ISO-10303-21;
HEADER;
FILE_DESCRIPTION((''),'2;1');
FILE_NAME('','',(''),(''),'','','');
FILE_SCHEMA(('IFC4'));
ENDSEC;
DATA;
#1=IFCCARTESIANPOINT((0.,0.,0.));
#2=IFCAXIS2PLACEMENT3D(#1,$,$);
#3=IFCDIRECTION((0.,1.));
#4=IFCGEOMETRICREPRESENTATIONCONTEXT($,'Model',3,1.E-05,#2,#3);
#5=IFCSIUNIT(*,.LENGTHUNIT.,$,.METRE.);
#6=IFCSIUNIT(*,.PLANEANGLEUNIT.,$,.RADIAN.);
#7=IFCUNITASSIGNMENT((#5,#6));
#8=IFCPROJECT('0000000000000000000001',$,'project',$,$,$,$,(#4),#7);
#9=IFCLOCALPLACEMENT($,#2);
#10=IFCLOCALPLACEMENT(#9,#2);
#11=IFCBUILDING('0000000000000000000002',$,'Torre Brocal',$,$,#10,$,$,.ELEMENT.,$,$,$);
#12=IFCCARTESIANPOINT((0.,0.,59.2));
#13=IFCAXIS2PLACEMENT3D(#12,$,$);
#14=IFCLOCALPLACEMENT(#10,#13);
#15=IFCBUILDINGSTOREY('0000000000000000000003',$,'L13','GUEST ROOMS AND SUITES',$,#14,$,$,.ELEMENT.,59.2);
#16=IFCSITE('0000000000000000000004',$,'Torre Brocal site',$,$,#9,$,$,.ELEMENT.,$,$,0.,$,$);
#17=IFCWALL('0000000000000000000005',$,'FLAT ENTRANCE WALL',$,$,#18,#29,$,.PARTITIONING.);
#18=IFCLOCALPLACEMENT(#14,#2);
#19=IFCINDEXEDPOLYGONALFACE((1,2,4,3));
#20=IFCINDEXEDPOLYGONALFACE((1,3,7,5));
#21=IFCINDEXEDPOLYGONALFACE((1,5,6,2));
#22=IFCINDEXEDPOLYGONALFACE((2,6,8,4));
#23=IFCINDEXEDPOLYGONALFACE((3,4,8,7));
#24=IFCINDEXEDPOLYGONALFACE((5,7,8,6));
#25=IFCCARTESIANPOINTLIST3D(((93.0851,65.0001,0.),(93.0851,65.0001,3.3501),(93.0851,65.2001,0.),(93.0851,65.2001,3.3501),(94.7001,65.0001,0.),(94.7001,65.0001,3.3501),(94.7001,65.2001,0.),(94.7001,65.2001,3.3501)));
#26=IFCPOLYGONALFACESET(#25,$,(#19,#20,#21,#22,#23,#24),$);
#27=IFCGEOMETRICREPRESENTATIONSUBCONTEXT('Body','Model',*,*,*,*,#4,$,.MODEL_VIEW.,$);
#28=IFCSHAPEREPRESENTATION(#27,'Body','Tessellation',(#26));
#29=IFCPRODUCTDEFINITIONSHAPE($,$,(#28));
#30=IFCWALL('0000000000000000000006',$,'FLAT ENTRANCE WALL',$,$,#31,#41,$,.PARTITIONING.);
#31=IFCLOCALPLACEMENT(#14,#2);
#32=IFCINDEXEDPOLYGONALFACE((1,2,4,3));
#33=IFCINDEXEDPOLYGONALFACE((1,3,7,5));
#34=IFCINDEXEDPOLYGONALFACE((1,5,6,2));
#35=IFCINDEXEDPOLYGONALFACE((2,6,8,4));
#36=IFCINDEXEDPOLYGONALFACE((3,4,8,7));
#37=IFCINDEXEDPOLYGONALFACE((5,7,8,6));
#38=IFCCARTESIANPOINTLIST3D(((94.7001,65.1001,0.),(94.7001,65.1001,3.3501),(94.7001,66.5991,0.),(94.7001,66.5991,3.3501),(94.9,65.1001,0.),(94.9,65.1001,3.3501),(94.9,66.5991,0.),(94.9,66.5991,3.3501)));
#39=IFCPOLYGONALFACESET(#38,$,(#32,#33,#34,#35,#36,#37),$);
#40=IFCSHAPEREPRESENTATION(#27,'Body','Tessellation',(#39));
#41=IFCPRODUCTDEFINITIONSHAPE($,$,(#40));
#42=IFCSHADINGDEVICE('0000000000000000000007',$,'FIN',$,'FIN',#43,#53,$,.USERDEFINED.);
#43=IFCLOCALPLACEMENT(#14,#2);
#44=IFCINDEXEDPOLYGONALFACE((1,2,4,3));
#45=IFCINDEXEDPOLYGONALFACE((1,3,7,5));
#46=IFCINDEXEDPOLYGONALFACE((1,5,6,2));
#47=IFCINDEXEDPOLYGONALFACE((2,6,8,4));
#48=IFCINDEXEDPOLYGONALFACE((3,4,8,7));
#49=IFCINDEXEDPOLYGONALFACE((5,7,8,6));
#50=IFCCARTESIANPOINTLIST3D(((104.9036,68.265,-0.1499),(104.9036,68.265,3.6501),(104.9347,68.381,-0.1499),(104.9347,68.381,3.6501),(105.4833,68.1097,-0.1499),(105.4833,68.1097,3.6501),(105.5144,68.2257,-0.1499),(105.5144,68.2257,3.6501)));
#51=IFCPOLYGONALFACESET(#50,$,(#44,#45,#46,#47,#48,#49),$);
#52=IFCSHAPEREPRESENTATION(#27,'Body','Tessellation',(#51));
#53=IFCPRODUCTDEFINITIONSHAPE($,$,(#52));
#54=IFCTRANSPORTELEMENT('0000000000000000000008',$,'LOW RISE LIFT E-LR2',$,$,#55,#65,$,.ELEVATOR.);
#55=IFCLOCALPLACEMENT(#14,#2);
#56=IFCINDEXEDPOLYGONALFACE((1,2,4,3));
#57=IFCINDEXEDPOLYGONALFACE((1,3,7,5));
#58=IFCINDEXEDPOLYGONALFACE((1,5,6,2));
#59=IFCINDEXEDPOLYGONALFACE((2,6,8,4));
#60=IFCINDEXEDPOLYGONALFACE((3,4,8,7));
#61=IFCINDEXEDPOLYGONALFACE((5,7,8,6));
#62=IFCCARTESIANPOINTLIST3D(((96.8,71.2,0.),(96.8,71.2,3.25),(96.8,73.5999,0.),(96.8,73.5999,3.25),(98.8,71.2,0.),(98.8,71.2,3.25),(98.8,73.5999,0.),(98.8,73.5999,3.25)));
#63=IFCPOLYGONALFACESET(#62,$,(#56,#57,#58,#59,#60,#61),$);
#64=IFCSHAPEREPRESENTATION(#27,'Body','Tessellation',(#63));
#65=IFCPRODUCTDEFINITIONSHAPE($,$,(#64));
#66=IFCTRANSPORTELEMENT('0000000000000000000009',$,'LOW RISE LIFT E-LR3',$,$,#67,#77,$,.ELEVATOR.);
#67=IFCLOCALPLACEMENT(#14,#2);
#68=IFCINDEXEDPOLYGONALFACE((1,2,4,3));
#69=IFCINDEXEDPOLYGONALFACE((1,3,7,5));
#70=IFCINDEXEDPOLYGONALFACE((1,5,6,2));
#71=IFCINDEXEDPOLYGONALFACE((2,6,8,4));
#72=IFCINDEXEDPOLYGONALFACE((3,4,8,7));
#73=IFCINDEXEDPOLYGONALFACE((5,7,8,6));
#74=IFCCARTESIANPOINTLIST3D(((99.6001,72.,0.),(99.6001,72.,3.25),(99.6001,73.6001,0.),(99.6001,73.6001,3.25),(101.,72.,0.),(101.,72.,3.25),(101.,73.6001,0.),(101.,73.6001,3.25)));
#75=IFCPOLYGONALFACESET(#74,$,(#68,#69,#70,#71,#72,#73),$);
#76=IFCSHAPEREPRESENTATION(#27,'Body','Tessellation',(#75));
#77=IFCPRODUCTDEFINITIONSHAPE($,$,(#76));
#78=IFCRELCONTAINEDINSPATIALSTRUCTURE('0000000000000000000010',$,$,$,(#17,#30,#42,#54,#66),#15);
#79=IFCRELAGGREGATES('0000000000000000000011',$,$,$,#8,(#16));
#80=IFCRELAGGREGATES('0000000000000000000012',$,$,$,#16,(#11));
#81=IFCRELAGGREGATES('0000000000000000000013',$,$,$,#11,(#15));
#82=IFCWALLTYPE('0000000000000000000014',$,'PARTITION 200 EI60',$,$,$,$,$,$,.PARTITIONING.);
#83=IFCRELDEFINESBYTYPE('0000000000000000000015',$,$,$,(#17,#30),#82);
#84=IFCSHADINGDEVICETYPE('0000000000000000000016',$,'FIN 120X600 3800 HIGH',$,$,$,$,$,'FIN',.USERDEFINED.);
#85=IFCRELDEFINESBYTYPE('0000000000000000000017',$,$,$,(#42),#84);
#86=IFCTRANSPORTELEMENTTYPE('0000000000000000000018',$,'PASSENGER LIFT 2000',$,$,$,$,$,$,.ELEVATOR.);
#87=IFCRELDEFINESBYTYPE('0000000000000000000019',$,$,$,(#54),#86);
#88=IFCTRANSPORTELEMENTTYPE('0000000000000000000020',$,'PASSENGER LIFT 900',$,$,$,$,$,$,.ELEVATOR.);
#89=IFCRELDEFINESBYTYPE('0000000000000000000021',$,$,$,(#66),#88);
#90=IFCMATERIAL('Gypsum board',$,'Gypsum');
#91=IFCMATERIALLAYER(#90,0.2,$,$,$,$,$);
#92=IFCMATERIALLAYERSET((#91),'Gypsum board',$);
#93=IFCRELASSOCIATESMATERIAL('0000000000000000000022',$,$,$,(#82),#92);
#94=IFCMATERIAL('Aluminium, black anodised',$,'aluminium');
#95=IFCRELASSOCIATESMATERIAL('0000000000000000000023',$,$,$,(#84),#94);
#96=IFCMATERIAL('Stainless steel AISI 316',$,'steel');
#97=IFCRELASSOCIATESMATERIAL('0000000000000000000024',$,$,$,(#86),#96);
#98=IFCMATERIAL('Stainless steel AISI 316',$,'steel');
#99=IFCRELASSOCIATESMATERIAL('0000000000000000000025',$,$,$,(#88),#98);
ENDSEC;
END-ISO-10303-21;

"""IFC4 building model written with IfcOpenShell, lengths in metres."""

from ifc_helpers import new_model, si_unit, direction, frame, frame_2d, origin, origin_2d, place, context, subcontext, project, spatial, rectangle, extrude, material, layer, layer_set, material_profile, profile_set, type_object, element, save


model = new_model("IFC4")

# Units and contexts
model_context = context("Model", 3, precision=1e-05, world=origin(), true_north=direction((0.0, 1.0)))
body_context = subcontext(model_context, "Body", "Model", "MODEL_VIEW")
ifc_project = project(units=[si_unit("LENGTHUNIT", "METRE"), si_unit("PLANEANGLEUNIT", "RADIAN")], contexts=[model_context])

# Site, building, storey
site_placement = place(None, origin())
site = spatial("IfcSite", under=ifc_project, at=site_placement, Name="Torre Brocal site", CompositionType="ELEMENT", RefElevation=0.0)
building_placement = place(site_placement, origin())
building = spatial("IfcBuilding", under=site, at=building_placement, Name="Torre Brocal", CompositionType="ELEMENT")
storey_placement = place(building_placement, frame((0.0, 0.0, 59.2)))
storey = spatial("IfcBuildingStorey", under=building, at=storey_placement, Name="L13", Description="GUEST ROOMS AND SUITES", CompositionType="ELEMENT", Elevation=59.2)

# Walls
ifc_material_1 = material(Name="Gypsum board", Category="Gypsum")
ifc_layer_1 = layer(ifc_material_1, 0.2)
ifc_layer_set_1 = layer_set([ifc_layer_1], Name="Gypsum board")
wall_type_1 = type_object("IfcWallType", Name="PARTITION 200 EI60", PredefinedType="PARTITIONING", material=ifc_layer_set_1)
wall_1_placement = place(storey_placement, frame((93.085, 65.1001, 0.0), z_axis=(0.0, 0.0, 1.0), x_axis=(1.0, 0.0, 0.0)))
element("IfcWall", 1, at=wall_1_placement, inside=storey, type_object=wall_type_1, Name="FLAT ENTRANCE WALL", PredefinedType="PARTITIONING", context=body_context, shape_type="SweptSolid", body=[
    extrude(rectangle(XDim=1.615, YDim=0.2, at=frame_2d((0.8076, 0.0))), origin(), (0.0, 0.0, 1.0), 3.3501),
])
wall_2_placement = place(storey_placement, frame((94.8, 65.1001, 0.0), z_axis=(0.0, 0.0, 1.0), x_axis=(0.0, 1.0, 0.0)))
element("IfcWall", 2, at=wall_2_placement, inside=storey, type_object=wall_type_1, Name="FLAT ENTRANCE WALL", PredefinedType="PARTITIONING", context=body_context, shape_type="SweptSolid", body=[
    extrude(rectangle(XDim=1.499, YDim=0.2, at=frame_2d((0.7495, 0.0))), origin(), (0.0, 0.0, 1.0), 3.3501),
])

# Shading device
ifc_material_2 = material(Name="Aluminium, black anodised", Category="aluminium")
ifc_material_profile_1 = material_profile(ifc_material_2, rectangle(XDim=0.1201, YDim=0.6001, at=origin_2d()), Name="FIN 120X600 3800 HIGH")
ifc_profile_set_1 = profile_set([ifc_material_profile_1], Name="Aluminium, black anodised")
shading_device_type = type_object("IfcShadingDeviceType", Name="FIN 120X600 3800 HIGH", ElementType="FIN", PredefinedType="USERDEFINED", material=ifc_profile_set_1)
shading_device_placement = place(storey_placement, frame((105.209, 68.2454, -0.1499), z_axis=(0.0, 0.0, 1.0), x_axis=(0.258819, 0.965926, 0.0)))
element("IfcShadingDevice", 3, at=shading_device_placement, inside=storey, type_object=shading_device_type, Name="FIN", ObjectType="FIN", PredefinedType="USERDEFINED", context=body_context, shape_type="SweptSolid", body=[
    extrude(rectangle(XDim=0.1201, YDim=0.6001, at=origin_2d()), origin(), (0.0, 0.0, 1.0), 3.8),
])

# Transport elements
ifc_material_3 = material(Name="Stainless steel AISI 316", Category="steel")
transport_element_type_1 = type_object("IfcTransportElementType", Name="PASSENGER LIFT 2000", PredefinedType="ELEVATOR", material=ifc_material_3)
transport_element_1_placement = place(storey_placement, frame((97.8, 72.3999, 0.0), z_axis=(0.0, 0.0, 1.0), x_axis=(1.0, 0.0, 0.0)))
element("IfcTransportElement", 4, at=transport_element_1_placement, inside=storey, type_object=transport_element_type_1, Name="LOW RISE LIFT E-LR2", PredefinedType="ELEVATOR", context=body_context, shape_type="SweptSolid", body=[
    extrude(rectangle(XDim=2.0, YDim=2.3999, at=origin_2d()), origin(), (0.0, 0.0, 1.0), 3.25),
])
ifc_material_4 = material(Name="Stainless steel AISI 316", Category="steel")
transport_element_type_2 = type_object("IfcTransportElementType", Name="PASSENGER LIFT 900", PredefinedType="ELEVATOR", material=ifc_material_4)
transport_element_2_placement = place(storey_placement, frame((100.3, 72.8, 0.0), z_axis=(0.0, 0.0, 1.0), x_axis=(1.0, 0.0, 0.0)))
element("IfcTransportElement", 5, at=transport_element_2_placement, inside=storey, type_object=transport_element_type_2, Name="LOW RISE LIFT E-LR3", PredefinedType="ELEVATOR", context=body_context, shape_type="SweptSolid", body=[
    extrude(rectangle(XDim=1.3999, YDim=1.6001, at=origin_2d()), origin(), (0.0, 0.0, 1.0), 3.25),
])

save(model, "model.ifc")
